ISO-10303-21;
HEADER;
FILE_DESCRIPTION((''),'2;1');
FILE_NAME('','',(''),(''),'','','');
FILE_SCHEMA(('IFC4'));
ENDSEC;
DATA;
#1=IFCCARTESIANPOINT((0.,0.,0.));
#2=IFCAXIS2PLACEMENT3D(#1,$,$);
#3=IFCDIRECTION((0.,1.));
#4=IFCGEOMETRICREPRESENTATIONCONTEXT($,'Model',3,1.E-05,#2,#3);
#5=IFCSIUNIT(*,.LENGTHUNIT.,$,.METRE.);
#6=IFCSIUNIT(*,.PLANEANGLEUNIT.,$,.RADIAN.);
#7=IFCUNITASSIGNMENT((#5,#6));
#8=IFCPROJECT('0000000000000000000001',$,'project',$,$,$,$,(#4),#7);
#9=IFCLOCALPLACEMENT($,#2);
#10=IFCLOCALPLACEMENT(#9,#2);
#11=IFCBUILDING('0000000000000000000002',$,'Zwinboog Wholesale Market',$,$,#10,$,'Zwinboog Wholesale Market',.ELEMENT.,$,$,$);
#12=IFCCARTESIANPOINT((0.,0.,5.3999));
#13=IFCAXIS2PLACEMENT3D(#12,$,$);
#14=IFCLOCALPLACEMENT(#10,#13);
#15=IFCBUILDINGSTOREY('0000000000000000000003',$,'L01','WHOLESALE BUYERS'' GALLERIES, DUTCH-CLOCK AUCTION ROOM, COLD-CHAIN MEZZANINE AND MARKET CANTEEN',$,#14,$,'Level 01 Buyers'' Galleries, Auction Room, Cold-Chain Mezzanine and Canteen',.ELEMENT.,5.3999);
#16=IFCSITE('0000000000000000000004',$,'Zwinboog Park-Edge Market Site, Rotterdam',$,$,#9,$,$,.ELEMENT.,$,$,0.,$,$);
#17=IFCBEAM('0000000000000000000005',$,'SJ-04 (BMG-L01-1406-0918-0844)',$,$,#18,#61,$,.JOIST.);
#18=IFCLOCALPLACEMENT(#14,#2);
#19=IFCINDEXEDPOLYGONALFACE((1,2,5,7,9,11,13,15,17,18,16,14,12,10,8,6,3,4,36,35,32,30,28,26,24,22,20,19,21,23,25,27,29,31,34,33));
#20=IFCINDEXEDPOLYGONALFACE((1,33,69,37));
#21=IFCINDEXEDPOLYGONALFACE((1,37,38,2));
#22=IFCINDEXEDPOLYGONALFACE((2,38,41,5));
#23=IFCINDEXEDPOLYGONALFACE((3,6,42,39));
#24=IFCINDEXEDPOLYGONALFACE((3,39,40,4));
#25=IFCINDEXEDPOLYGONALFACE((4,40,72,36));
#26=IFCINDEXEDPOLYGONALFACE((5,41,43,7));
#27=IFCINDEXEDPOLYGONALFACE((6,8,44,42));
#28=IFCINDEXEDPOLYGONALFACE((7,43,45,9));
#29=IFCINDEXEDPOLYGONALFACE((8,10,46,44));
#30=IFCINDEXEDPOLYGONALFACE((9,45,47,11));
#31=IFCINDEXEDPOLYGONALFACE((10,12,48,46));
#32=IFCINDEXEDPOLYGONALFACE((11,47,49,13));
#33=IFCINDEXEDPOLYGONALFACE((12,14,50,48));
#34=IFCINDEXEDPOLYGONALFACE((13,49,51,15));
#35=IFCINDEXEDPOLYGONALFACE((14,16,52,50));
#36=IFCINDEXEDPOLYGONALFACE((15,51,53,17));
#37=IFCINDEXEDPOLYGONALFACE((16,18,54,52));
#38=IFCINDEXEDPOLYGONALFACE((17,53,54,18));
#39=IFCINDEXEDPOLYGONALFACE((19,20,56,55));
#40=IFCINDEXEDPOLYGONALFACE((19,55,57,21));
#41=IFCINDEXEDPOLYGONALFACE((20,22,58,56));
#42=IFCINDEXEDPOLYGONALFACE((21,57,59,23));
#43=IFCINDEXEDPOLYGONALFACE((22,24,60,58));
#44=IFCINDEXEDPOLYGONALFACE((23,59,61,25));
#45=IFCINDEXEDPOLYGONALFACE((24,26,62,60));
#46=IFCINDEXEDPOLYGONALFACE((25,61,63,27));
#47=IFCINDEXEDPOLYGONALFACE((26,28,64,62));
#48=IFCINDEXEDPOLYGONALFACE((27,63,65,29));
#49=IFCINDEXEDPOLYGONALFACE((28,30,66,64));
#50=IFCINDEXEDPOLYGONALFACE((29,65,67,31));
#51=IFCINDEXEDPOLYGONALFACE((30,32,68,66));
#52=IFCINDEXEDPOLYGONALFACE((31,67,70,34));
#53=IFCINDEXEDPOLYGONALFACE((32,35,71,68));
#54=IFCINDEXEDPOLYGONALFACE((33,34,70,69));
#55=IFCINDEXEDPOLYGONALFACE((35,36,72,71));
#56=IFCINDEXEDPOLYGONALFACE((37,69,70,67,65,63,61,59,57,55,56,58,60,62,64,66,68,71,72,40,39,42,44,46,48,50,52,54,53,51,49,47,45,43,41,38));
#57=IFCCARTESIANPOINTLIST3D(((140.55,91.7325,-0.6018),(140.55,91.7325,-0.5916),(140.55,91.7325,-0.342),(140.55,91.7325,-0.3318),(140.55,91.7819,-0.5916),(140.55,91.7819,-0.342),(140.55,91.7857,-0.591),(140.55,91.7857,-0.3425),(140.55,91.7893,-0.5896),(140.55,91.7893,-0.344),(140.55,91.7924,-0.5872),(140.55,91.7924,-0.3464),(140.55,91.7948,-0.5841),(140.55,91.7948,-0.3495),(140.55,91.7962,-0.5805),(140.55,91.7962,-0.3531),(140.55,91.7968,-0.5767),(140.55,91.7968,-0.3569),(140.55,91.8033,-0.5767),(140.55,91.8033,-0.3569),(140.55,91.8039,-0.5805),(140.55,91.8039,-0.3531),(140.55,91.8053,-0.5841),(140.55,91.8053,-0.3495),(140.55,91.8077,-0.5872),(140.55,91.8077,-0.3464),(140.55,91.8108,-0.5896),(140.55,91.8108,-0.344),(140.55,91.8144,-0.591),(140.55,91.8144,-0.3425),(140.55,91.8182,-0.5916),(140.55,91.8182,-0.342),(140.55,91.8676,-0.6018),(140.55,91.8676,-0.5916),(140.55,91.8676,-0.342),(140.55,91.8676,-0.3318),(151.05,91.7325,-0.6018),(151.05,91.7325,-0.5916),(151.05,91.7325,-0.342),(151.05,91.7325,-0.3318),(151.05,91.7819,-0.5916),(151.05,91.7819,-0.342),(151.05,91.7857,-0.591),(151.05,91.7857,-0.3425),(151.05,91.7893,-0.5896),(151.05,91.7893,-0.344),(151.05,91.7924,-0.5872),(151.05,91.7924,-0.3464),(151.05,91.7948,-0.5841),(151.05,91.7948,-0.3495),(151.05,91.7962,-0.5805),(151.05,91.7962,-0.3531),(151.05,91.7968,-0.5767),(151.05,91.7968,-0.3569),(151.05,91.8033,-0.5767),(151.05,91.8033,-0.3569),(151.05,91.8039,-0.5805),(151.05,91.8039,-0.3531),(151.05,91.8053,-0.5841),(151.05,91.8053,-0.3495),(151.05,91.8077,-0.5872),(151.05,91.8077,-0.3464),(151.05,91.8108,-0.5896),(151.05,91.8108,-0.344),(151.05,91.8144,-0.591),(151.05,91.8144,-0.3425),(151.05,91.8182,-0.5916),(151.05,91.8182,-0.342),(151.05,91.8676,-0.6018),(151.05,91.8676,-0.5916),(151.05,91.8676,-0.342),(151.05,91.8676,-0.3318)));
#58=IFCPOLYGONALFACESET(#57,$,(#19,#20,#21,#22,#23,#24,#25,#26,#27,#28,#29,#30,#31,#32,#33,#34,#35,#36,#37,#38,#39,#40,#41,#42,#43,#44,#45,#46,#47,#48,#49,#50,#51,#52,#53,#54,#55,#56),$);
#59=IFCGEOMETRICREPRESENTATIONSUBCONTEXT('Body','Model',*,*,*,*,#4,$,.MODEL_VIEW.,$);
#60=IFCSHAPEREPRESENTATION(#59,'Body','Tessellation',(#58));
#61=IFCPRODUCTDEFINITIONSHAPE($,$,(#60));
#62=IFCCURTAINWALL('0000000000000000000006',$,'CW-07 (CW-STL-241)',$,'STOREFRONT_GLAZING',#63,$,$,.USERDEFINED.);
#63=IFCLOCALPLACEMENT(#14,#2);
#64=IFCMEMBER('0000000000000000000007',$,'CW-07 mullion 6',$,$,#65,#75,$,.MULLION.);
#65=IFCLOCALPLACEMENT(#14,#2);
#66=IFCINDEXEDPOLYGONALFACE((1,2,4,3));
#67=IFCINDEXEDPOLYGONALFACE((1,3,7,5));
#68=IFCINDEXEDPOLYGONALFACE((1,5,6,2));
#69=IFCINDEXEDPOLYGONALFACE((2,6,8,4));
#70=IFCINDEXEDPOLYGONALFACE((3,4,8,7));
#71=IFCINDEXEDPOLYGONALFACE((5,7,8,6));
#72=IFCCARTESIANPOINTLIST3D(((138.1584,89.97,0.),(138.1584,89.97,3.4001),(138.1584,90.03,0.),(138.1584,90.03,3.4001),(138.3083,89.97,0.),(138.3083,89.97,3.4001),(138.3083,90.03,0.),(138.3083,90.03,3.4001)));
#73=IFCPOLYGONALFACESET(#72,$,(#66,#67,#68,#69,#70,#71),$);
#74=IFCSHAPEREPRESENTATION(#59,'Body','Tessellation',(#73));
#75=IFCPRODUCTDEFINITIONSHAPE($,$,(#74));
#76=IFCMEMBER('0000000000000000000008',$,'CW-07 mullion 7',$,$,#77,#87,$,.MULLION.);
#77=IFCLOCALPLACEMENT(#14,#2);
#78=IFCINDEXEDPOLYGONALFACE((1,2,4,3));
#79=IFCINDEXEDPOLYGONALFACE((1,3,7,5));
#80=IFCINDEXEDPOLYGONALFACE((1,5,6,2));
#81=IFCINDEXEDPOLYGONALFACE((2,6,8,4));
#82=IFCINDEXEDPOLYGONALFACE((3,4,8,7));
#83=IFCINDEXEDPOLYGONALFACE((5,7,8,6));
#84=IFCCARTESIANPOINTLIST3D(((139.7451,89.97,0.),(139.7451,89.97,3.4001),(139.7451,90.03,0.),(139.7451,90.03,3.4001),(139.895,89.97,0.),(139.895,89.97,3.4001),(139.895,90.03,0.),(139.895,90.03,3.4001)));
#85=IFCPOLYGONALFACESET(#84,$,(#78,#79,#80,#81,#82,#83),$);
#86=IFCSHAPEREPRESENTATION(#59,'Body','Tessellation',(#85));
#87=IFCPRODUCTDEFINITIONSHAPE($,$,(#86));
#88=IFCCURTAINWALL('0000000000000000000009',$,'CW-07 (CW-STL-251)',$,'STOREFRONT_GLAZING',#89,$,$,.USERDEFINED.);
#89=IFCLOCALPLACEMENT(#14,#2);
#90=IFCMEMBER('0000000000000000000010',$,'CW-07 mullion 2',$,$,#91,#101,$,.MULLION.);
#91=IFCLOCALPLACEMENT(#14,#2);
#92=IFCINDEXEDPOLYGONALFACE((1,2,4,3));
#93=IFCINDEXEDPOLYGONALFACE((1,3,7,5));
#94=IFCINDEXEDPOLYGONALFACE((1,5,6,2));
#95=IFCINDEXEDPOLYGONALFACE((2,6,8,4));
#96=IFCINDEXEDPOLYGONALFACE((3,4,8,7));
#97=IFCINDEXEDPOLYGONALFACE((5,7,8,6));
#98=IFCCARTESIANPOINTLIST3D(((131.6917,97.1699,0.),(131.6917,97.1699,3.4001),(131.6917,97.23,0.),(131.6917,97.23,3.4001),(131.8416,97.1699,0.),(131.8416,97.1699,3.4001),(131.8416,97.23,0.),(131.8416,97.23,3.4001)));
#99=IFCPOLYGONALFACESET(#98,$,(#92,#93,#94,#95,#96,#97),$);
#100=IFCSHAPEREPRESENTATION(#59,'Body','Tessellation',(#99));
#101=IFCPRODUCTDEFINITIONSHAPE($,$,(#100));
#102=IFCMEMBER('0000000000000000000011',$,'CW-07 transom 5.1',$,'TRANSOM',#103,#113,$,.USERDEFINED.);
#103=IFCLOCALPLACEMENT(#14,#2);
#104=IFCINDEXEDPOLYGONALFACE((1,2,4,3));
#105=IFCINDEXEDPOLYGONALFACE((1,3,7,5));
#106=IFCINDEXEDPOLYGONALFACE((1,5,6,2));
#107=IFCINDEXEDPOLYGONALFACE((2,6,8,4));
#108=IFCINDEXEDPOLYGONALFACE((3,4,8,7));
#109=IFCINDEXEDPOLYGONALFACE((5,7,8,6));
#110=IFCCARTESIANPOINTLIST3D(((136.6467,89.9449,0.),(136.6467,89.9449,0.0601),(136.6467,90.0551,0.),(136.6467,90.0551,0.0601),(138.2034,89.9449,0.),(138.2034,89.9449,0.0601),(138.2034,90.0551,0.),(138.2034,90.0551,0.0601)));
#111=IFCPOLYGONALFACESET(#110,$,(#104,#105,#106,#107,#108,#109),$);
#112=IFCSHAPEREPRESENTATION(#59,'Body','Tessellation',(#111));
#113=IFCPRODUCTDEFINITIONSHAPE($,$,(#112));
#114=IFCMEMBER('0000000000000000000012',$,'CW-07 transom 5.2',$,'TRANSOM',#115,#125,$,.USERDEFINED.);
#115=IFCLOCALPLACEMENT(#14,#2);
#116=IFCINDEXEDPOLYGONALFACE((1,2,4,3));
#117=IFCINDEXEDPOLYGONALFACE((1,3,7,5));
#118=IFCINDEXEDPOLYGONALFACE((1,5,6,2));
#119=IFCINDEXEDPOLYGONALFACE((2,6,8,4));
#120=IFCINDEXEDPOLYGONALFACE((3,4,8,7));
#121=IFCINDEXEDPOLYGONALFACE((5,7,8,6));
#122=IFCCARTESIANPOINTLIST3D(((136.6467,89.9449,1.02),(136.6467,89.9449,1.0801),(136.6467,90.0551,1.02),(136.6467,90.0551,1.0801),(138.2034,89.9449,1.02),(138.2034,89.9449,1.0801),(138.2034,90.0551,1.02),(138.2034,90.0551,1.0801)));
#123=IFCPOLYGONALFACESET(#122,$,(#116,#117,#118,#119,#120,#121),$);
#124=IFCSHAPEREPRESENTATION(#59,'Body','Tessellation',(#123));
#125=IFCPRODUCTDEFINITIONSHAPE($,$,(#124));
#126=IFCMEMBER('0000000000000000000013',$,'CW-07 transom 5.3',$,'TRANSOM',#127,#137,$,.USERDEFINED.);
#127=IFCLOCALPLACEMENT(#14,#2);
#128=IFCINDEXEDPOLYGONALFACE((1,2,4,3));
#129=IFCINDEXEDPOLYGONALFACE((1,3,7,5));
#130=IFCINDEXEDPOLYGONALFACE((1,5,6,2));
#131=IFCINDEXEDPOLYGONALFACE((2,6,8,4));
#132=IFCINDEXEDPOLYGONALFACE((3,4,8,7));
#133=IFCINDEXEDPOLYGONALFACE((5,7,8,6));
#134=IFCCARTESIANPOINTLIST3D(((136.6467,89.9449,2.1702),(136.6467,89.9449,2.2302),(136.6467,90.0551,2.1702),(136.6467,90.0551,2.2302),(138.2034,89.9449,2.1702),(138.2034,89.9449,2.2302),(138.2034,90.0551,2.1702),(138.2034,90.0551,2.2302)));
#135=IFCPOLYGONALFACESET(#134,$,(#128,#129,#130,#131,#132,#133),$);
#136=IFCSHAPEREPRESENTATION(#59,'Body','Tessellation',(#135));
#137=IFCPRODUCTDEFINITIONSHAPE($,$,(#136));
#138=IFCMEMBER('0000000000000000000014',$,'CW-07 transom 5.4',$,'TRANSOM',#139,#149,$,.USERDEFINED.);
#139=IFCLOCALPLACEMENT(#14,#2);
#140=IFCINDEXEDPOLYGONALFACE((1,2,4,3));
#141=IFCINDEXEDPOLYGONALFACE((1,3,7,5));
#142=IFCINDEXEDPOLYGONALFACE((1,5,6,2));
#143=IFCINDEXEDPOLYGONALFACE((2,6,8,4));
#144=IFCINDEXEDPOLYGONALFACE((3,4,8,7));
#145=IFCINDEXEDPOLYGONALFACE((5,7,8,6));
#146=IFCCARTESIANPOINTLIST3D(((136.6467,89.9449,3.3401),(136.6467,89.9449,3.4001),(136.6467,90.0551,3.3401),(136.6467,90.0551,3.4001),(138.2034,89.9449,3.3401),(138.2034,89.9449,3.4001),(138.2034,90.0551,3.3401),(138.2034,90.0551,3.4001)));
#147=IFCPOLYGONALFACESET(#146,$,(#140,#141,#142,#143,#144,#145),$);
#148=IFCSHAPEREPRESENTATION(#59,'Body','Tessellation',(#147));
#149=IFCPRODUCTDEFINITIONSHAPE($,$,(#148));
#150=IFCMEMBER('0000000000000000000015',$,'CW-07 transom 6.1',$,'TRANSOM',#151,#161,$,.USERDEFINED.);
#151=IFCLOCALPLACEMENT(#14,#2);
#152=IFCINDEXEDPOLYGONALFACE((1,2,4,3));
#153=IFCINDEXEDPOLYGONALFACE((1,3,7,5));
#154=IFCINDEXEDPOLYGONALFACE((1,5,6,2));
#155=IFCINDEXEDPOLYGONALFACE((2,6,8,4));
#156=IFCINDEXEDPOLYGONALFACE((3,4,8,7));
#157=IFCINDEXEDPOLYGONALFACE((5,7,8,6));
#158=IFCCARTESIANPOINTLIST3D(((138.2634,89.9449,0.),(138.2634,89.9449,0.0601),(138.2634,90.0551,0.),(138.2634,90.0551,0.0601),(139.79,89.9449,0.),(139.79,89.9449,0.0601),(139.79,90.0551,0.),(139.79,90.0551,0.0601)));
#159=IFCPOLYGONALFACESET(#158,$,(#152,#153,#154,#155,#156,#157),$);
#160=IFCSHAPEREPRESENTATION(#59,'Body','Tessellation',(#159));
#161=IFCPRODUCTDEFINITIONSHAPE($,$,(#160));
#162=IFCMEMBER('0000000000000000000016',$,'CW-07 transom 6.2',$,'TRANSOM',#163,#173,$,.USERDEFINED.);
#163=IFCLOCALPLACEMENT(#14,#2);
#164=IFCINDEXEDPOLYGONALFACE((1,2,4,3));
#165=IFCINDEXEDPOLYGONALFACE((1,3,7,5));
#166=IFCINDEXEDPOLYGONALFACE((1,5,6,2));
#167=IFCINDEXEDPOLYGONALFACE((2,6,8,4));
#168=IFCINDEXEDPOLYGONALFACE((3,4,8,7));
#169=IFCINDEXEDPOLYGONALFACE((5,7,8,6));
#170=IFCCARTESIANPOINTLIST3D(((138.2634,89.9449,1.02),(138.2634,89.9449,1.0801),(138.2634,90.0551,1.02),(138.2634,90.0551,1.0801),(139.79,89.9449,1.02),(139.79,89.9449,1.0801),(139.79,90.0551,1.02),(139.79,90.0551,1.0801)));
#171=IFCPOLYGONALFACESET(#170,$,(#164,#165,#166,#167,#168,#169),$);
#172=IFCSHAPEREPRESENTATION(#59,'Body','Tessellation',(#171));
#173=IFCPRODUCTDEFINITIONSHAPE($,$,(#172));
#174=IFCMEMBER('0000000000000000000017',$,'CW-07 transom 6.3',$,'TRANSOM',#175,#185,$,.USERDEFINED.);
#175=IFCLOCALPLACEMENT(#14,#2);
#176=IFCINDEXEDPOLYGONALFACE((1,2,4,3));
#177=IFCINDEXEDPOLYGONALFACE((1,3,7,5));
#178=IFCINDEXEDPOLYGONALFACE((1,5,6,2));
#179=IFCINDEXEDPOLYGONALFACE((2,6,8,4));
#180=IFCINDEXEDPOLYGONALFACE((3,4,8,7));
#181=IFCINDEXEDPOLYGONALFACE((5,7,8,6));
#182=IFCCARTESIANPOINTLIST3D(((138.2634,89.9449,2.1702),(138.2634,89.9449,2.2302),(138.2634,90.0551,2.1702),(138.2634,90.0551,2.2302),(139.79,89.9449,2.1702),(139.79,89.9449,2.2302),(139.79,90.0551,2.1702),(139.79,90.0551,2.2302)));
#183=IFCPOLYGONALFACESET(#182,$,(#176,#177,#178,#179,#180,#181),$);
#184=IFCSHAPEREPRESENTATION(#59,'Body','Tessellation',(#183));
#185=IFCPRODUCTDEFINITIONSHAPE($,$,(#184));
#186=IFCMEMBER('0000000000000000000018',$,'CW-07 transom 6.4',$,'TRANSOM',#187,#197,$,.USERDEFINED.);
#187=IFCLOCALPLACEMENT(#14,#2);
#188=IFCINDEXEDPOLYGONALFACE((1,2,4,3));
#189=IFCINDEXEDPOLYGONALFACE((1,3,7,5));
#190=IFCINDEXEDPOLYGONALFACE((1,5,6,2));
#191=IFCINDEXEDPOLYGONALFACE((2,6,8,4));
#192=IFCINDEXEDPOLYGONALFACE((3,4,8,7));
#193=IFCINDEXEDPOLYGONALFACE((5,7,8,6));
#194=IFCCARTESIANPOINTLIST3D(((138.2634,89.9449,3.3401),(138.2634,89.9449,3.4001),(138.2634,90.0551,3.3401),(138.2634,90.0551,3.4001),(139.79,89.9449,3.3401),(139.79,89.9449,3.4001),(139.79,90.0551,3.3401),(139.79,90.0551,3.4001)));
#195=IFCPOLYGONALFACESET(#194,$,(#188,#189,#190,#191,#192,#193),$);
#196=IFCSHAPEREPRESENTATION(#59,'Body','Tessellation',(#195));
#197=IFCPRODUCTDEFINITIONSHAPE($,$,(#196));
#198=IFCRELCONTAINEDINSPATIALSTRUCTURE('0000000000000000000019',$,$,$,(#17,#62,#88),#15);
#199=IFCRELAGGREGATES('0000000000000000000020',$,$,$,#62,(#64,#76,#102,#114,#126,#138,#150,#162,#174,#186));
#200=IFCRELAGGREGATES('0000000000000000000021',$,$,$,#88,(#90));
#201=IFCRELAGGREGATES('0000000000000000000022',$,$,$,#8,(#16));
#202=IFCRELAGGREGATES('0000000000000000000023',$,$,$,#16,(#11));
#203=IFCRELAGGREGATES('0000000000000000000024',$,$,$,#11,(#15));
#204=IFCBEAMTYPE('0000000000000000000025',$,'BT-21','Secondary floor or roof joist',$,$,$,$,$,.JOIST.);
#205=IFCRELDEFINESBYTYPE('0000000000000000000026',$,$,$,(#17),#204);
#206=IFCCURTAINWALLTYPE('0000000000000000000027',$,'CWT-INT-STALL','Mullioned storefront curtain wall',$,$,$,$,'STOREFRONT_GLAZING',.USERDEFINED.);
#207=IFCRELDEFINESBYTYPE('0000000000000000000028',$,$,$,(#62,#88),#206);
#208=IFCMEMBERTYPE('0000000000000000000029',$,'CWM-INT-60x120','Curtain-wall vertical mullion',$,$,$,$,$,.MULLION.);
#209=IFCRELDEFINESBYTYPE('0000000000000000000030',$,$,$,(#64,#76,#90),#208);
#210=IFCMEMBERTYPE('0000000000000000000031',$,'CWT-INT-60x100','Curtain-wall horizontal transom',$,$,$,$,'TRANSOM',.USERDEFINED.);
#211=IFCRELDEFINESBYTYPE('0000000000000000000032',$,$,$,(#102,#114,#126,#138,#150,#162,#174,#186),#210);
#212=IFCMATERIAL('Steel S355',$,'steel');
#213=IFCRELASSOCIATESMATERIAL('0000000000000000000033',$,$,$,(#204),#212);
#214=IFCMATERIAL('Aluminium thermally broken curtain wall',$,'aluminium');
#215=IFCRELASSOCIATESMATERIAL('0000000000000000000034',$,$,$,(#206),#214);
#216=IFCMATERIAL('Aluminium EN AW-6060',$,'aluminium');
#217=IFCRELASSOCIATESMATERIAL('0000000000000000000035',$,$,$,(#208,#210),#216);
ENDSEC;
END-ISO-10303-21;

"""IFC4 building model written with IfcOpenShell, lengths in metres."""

from ifc_helpers import new_model, si_unit, direction, frame, origin, origin_2d, place, context, subcontext, project, spatial, rectangle, i_section, extrude, material, material_profile, profile_set, type_object, element, aggregate, save


model = new_model("IFC4")

# Units and contexts
model_context = context("Model", 3, precision=1e-05, world=origin(), true_north=direction((0.0, 1.0)))
body_context = subcontext(model_context, "Body", "Model", "MODEL_VIEW")
ifc_project = project(units=[si_unit("LENGTHUNIT", "METRE"), si_unit("PLANEANGLEUNIT", "RADIAN")], contexts=[model_context])

# Site, building, storey
site_placement = place(None, origin())
site = spatial("IfcSite", under=ifc_project, at=site_placement, Name="Zwinboog Park-Edge Market Site, Rotterdam", CompositionType="ELEMENT", RefElevation=0.0)
building_placement = place(site_placement, origin())
building = spatial("IfcBuilding", under=site, at=building_placement, Name="Zwinboog Wholesale Market", LongName="Zwinboog Wholesale Market", CompositionType="ELEMENT")
storey_placement = place(building_placement, frame((0.0, 0.0, 5.3999)))
storey = spatial("IfcBuildingStorey", under=building, at=storey_placement, Name="L01", Description="WHOLESALE BUYERS' GALLERIES, DUTCH-CLOCK AUCTION ROOM, COLD-CHAIN MEZZANINE AND MARKET CANTEEN", LongName="Level 01 Buyers' Galleries, Auction Room, Cold-Chain Mezzanine and Canteen", CompositionType="ELEMENT", Elevation=5.3999)

# Beam
ifc_material_1 = material(Name="Steel S355", Category="steel")
ifc_material_profile_1 = material_profile(ifc_material_1, i_section(OverallWidth=0.135, OverallDepth=0.27, WebThickness=0.0066, FlangeThickness=0.0103, FilletRadius=0.0149, at=origin_2d()), Name="IPE 270")
ifc_profile_set_1 = profile_set([ifc_material_profile_1], Name="Steel S355")
beam_type = type_object("IfcBeamType", Name="BT-21", Description="Secondary floor or roof joist", PredefinedType="JOIST", material=ifc_profile_set_1)
beam_placement = place(storey_placement, frame((140.55, 91.8, -0.4668), z_axis=(1.0, 0.0, 0.0), x_axis=(0.0, 1.0, 0.0)))
element("IfcBeam", 1, at=beam_placement, inside=storey, type_object=beam_type, Name="SJ-04 (BMG-L01-1406-0918-0844)", PredefinedType="JOIST", context=body_context, shape_type="SweptSolid", body=[
    extrude(i_section(OverallWidth=0.135, OverallDepth=0.27, WebThickness=0.0066, FlangeThickness=0.0103, FilletRadius=0.0149, at=origin_2d()), origin(), (0.0, 0.0, 1.0), 10.5),
])

# Curtain wall, members
ifc_material_2 = material(Name="Aluminium thermally broken curtain wall", Category="aluminium")
curtain_wall_type = type_object("IfcCurtainWallType", Name="CWT-INT-STALL", Description="Mullioned storefront curtain wall", ElementType="STOREFRONT_GLAZING", PredefinedType="USERDEFINED", material=ifc_material_2)
curtain_wall_1_placement = place(storey_placement, origin())
curtain_wall_1 = element("IfcCurtainWall", 2, at=curtain_wall_1_placement, inside=storey, type_object=curtain_wall_type, Name="CW-07 (CW-STL-241)", ObjectType="STOREFRONT_GLAZING", PredefinedType="USERDEFINED")
ifc_material_3 = material(Name="Aluminium EN AW-6060", Category="aluminium")
ifc_material_profile_2 = material_profile(ifc_material_3, rectangle(XDim=0.0601, YDim=0.1499, at=origin_2d()), Name="AL 60x150")
ifc_profile_set_2 = profile_set([ifc_material_profile_2], Name="Aluminium EN AW-6060")
member_type_1 = type_object("IfcMemberType", Name="CWM-INT-60x120", Description="Curtain-wall vertical mullion", PredefinedType="MULLION", material=ifc_profile_set_2)
member_1_placement = place(storey_placement, frame((138.2334, 90.0, 0.0), z_axis=(0.0, 0.0, 1.0), x_axis=(0.0, 1.0, 0.0)))
member_1 = element("IfcMember", 3, at=member_1_placement, type_object=member_type_1, Name="CW-07 mullion 6", PredefinedType="MULLION", context=body_context, shape_type="SweptSolid", body=[
    extrude(rectangle(XDim=0.0601, YDim=0.1499, at=origin_2d()), origin(), (0.0, 0.0, 1.0), 3.4001),
])
member_2_placement = place(storey_placement, frame((139.8201, 90.0, 0.0), z_axis=(0.0, 0.0, 1.0), x_axis=(0.0, 1.0, 0.0)))
member_2 = element("IfcMember", 4, at=member_2_placement, type_object=member_type_1, Name="CW-07 mullion 7", PredefinedType="MULLION", context=body_context, shape_type="SweptSolid", body=[
    extrude(rectangle(XDim=0.0601, YDim=0.1499, at=origin_2d()), origin(), (0.0, 0.0, 1.0), 3.4001),
])

# Curtain wall, member
curtain_wall_2_placement = place(storey_placement, origin())
curtain_wall_2 = element("IfcCurtainWall", 5, at=curtain_wall_2_placement, inside=storey, type_object=curtain_wall_type, Name="CW-07 (CW-STL-251)", ObjectType="STOREFRONT_GLAZING", PredefinedType="USERDEFINED")
member_3_placement = place(storey_placement, frame((131.7666, 97.2, 0.0), z_axis=(0.0, 0.0, 1.0), x_axis=(0.0, 1.0, 0.0)))
member_3 = element("IfcMember", 6, at=member_3_placement, type_object=member_type_1, Name="CW-07 mullion 2", PredefinedType="MULLION", context=body_context, shape_type="SweptSolid", body=[
    extrude(rectangle(XDim=0.0601, YDim=0.1499, at=origin_2d()), origin(), (0.0, 0.0, 1.0), 3.4001),
])

# Members
ifc_material_profile_3 = material_profile(ifc_material_3, rectangle(XDim=0.1101, YDim=0.0601, at=origin_2d()), Name="AL 60x110")
ifc_profile_set_3 = profile_set([ifc_material_profile_3], Name="Aluminium EN AW-6060")
member_type_2 = type_object("IfcMemberType", Name="CWT-INT-60x100", Description="Curtain-wall horizontal transom", ElementType="TRANSOM", PredefinedType="USERDEFINED", material=ifc_profile_set_3)
member_4_placement = place(storey_placement, frame((136.6467, 90.0, 0.03), z_axis=(1.0, 0.0, 0.0), x_axis=(0.0, 1.0, 0.0)))
member_4 = element("IfcMember", 7, at=member_4_placement, type_object=member_type_2, Name="CW-07 transom 5.1", ObjectType="TRANSOM", PredefinedType="USERDEFINED", context=body_context, shape_type="SweptSolid", body=[
    extrude(rectangle(XDim=0.1101, YDim=0.0601, at=origin_2d()), origin(), (0.0, 0.0, 1.0), 1.5566),
])
member_5_placement = place(storey_placement, frame((136.6467, 90.0, 1.05), z_axis=(1.0, 0.0, 0.0), x_axis=(0.0, 1.0, 0.0)))
member_5 = element("IfcMember", 8, at=member_5_placement, type_object=member_type_2, Name="CW-07 transom 5.2", ObjectType="TRANSOM", PredefinedType="USERDEFINED", context=body_context, shape_type="SweptSolid", body=[
    extrude(rectangle(XDim=0.1101, YDim=0.0601, at=origin_2d()), origin(), (0.0, 0.0, 1.0), 1.5566),
])
member_6_placement = place(storey_placement, frame((136.6467, 90.0, 2.2002), z_axis=(1.0, 0.0, 0.0), x_axis=(0.0, 1.0, 0.0)))
member_6 = element("IfcMember", 9, at=member_6_placement, type_object=member_type_2, Name="CW-07 transom 5.3", ObjectType="TRANSOM", PredefinedType="USERDEFINED", context=body_context, shape_type="SweptSolid", body=[
    extrude(rectangle(XDim=0.1101, YDim=0.0601, at=origin_2d()), origin(), (0.0, 0.0, 1.0), 1.5566),
])
member_7_placement = place(storey_placement, frame((136.6467, 90.0, 3.3701), z_axis=(1.0, 0.0, 0.0), x_axis=(0.0, 1.0, 0.0)))
member_7 = element("IfcMember", 10, at=member_7_placement, type_object=member_type_2, Name="CW-07 transom 5.4", ObjectType="TRANSOM", PredefinedType="USERDEFINED", context=body_context, shape_type="SweptSolid", body=[
    extrude(rectangle(XDim=0.1101, YDim=0.0601, at=origin_2d()), origin(), (0.0, 0.0, 1.0), 1.5566),
])
member_8_placement = place(storey_placement, frame((138.2634, 90.0, 0.03), z_axis=(1.0, 0.0, 0.0), x_axis=(0.0, 1.0, 0.0)))
member_8 = element("IfcMember", 11, at=member_8_placement, type_object=member_type_2, Name="CW-07 transom 6.1", ObjectType="TRANSOM", PredefinedType="USERDEFINED", context=body_context, shape_type="SweptSolid", body=[
    extrude(rectangle(XDim=0.1101, YDim=0.0601, at=origin_2d()), origin(), (0.0, 0.0, 1.0), 1.5266),
])
member_9_placement = place(storey_placement, frame((138.2634, 90.0, 1.05), z_axis=(1.0, 0.0, 0.0), x_axis=(0.0, 1.0, 0.0)))
member_9 = element("IfcMember", 12, at=member_9_placement, type_object=member_type_2, Name="CW-07 transom 6.2", ObjectType="TRANSOM", PredefinedType="USERDEFINED", context=body_context, shape_type="SweptSolid", body=[
    extrude(rectangle(XDim=0.1101, YDim=0.0601, at=origin_2d()), origin(), (0.0, 0.0, 1.0), 1.5266),
])
member_10_placement = place(storey_placement, frame((138.2634, 90.0, 2.2002), z_axis=(1.0, 0.0, 0.0), x_axis=(0.0, 1.0, 0.0)))
member_10 = element("IfcMember", 13, at=member_10_placement, type_object=member_type_2, Name="CW-07 transom 6.3", ObjectType="TRANSOM", PredefinedType="USERDEFINED", context=body_context, shape_type="SweptSolid", body=[
    extrude(rectangle(XDim=0.1101, YDim=0.0601, at=origin_2d()), origin(), (0.0, 0.0, 1.0), 1.5266),
])
member_11_placement = place(storey_placement, frame((138.2634, 90.0, 3.3701), z_axis=(1.0, 0.0, 0.0), x_axis=(0.0, 1.0, 0.0)))
member_11 = element("IfcMember", 14, at=member_11_placement, type_object=member_type_2, Name="CW-07 transom 6.4", ObjectType="TRANSOM", PredefinedType="USERDEFINED", context=body_context, shape_type="SweptSolid", body=[
    extrude(rectangle(XDim=0.1101, YDim=0.0601, at=origin_2d()), origin(), (0.0, 0.0, 1.0), 1.5266),
])

aggregate(curtain_wall_1, [member_1, member_2, member_4, member_5, member_6, member_7, member_8, member_9, member_10, member_11])
aggregate(curtain_wall_2, [member_3])

save(model, "model.ifc")
